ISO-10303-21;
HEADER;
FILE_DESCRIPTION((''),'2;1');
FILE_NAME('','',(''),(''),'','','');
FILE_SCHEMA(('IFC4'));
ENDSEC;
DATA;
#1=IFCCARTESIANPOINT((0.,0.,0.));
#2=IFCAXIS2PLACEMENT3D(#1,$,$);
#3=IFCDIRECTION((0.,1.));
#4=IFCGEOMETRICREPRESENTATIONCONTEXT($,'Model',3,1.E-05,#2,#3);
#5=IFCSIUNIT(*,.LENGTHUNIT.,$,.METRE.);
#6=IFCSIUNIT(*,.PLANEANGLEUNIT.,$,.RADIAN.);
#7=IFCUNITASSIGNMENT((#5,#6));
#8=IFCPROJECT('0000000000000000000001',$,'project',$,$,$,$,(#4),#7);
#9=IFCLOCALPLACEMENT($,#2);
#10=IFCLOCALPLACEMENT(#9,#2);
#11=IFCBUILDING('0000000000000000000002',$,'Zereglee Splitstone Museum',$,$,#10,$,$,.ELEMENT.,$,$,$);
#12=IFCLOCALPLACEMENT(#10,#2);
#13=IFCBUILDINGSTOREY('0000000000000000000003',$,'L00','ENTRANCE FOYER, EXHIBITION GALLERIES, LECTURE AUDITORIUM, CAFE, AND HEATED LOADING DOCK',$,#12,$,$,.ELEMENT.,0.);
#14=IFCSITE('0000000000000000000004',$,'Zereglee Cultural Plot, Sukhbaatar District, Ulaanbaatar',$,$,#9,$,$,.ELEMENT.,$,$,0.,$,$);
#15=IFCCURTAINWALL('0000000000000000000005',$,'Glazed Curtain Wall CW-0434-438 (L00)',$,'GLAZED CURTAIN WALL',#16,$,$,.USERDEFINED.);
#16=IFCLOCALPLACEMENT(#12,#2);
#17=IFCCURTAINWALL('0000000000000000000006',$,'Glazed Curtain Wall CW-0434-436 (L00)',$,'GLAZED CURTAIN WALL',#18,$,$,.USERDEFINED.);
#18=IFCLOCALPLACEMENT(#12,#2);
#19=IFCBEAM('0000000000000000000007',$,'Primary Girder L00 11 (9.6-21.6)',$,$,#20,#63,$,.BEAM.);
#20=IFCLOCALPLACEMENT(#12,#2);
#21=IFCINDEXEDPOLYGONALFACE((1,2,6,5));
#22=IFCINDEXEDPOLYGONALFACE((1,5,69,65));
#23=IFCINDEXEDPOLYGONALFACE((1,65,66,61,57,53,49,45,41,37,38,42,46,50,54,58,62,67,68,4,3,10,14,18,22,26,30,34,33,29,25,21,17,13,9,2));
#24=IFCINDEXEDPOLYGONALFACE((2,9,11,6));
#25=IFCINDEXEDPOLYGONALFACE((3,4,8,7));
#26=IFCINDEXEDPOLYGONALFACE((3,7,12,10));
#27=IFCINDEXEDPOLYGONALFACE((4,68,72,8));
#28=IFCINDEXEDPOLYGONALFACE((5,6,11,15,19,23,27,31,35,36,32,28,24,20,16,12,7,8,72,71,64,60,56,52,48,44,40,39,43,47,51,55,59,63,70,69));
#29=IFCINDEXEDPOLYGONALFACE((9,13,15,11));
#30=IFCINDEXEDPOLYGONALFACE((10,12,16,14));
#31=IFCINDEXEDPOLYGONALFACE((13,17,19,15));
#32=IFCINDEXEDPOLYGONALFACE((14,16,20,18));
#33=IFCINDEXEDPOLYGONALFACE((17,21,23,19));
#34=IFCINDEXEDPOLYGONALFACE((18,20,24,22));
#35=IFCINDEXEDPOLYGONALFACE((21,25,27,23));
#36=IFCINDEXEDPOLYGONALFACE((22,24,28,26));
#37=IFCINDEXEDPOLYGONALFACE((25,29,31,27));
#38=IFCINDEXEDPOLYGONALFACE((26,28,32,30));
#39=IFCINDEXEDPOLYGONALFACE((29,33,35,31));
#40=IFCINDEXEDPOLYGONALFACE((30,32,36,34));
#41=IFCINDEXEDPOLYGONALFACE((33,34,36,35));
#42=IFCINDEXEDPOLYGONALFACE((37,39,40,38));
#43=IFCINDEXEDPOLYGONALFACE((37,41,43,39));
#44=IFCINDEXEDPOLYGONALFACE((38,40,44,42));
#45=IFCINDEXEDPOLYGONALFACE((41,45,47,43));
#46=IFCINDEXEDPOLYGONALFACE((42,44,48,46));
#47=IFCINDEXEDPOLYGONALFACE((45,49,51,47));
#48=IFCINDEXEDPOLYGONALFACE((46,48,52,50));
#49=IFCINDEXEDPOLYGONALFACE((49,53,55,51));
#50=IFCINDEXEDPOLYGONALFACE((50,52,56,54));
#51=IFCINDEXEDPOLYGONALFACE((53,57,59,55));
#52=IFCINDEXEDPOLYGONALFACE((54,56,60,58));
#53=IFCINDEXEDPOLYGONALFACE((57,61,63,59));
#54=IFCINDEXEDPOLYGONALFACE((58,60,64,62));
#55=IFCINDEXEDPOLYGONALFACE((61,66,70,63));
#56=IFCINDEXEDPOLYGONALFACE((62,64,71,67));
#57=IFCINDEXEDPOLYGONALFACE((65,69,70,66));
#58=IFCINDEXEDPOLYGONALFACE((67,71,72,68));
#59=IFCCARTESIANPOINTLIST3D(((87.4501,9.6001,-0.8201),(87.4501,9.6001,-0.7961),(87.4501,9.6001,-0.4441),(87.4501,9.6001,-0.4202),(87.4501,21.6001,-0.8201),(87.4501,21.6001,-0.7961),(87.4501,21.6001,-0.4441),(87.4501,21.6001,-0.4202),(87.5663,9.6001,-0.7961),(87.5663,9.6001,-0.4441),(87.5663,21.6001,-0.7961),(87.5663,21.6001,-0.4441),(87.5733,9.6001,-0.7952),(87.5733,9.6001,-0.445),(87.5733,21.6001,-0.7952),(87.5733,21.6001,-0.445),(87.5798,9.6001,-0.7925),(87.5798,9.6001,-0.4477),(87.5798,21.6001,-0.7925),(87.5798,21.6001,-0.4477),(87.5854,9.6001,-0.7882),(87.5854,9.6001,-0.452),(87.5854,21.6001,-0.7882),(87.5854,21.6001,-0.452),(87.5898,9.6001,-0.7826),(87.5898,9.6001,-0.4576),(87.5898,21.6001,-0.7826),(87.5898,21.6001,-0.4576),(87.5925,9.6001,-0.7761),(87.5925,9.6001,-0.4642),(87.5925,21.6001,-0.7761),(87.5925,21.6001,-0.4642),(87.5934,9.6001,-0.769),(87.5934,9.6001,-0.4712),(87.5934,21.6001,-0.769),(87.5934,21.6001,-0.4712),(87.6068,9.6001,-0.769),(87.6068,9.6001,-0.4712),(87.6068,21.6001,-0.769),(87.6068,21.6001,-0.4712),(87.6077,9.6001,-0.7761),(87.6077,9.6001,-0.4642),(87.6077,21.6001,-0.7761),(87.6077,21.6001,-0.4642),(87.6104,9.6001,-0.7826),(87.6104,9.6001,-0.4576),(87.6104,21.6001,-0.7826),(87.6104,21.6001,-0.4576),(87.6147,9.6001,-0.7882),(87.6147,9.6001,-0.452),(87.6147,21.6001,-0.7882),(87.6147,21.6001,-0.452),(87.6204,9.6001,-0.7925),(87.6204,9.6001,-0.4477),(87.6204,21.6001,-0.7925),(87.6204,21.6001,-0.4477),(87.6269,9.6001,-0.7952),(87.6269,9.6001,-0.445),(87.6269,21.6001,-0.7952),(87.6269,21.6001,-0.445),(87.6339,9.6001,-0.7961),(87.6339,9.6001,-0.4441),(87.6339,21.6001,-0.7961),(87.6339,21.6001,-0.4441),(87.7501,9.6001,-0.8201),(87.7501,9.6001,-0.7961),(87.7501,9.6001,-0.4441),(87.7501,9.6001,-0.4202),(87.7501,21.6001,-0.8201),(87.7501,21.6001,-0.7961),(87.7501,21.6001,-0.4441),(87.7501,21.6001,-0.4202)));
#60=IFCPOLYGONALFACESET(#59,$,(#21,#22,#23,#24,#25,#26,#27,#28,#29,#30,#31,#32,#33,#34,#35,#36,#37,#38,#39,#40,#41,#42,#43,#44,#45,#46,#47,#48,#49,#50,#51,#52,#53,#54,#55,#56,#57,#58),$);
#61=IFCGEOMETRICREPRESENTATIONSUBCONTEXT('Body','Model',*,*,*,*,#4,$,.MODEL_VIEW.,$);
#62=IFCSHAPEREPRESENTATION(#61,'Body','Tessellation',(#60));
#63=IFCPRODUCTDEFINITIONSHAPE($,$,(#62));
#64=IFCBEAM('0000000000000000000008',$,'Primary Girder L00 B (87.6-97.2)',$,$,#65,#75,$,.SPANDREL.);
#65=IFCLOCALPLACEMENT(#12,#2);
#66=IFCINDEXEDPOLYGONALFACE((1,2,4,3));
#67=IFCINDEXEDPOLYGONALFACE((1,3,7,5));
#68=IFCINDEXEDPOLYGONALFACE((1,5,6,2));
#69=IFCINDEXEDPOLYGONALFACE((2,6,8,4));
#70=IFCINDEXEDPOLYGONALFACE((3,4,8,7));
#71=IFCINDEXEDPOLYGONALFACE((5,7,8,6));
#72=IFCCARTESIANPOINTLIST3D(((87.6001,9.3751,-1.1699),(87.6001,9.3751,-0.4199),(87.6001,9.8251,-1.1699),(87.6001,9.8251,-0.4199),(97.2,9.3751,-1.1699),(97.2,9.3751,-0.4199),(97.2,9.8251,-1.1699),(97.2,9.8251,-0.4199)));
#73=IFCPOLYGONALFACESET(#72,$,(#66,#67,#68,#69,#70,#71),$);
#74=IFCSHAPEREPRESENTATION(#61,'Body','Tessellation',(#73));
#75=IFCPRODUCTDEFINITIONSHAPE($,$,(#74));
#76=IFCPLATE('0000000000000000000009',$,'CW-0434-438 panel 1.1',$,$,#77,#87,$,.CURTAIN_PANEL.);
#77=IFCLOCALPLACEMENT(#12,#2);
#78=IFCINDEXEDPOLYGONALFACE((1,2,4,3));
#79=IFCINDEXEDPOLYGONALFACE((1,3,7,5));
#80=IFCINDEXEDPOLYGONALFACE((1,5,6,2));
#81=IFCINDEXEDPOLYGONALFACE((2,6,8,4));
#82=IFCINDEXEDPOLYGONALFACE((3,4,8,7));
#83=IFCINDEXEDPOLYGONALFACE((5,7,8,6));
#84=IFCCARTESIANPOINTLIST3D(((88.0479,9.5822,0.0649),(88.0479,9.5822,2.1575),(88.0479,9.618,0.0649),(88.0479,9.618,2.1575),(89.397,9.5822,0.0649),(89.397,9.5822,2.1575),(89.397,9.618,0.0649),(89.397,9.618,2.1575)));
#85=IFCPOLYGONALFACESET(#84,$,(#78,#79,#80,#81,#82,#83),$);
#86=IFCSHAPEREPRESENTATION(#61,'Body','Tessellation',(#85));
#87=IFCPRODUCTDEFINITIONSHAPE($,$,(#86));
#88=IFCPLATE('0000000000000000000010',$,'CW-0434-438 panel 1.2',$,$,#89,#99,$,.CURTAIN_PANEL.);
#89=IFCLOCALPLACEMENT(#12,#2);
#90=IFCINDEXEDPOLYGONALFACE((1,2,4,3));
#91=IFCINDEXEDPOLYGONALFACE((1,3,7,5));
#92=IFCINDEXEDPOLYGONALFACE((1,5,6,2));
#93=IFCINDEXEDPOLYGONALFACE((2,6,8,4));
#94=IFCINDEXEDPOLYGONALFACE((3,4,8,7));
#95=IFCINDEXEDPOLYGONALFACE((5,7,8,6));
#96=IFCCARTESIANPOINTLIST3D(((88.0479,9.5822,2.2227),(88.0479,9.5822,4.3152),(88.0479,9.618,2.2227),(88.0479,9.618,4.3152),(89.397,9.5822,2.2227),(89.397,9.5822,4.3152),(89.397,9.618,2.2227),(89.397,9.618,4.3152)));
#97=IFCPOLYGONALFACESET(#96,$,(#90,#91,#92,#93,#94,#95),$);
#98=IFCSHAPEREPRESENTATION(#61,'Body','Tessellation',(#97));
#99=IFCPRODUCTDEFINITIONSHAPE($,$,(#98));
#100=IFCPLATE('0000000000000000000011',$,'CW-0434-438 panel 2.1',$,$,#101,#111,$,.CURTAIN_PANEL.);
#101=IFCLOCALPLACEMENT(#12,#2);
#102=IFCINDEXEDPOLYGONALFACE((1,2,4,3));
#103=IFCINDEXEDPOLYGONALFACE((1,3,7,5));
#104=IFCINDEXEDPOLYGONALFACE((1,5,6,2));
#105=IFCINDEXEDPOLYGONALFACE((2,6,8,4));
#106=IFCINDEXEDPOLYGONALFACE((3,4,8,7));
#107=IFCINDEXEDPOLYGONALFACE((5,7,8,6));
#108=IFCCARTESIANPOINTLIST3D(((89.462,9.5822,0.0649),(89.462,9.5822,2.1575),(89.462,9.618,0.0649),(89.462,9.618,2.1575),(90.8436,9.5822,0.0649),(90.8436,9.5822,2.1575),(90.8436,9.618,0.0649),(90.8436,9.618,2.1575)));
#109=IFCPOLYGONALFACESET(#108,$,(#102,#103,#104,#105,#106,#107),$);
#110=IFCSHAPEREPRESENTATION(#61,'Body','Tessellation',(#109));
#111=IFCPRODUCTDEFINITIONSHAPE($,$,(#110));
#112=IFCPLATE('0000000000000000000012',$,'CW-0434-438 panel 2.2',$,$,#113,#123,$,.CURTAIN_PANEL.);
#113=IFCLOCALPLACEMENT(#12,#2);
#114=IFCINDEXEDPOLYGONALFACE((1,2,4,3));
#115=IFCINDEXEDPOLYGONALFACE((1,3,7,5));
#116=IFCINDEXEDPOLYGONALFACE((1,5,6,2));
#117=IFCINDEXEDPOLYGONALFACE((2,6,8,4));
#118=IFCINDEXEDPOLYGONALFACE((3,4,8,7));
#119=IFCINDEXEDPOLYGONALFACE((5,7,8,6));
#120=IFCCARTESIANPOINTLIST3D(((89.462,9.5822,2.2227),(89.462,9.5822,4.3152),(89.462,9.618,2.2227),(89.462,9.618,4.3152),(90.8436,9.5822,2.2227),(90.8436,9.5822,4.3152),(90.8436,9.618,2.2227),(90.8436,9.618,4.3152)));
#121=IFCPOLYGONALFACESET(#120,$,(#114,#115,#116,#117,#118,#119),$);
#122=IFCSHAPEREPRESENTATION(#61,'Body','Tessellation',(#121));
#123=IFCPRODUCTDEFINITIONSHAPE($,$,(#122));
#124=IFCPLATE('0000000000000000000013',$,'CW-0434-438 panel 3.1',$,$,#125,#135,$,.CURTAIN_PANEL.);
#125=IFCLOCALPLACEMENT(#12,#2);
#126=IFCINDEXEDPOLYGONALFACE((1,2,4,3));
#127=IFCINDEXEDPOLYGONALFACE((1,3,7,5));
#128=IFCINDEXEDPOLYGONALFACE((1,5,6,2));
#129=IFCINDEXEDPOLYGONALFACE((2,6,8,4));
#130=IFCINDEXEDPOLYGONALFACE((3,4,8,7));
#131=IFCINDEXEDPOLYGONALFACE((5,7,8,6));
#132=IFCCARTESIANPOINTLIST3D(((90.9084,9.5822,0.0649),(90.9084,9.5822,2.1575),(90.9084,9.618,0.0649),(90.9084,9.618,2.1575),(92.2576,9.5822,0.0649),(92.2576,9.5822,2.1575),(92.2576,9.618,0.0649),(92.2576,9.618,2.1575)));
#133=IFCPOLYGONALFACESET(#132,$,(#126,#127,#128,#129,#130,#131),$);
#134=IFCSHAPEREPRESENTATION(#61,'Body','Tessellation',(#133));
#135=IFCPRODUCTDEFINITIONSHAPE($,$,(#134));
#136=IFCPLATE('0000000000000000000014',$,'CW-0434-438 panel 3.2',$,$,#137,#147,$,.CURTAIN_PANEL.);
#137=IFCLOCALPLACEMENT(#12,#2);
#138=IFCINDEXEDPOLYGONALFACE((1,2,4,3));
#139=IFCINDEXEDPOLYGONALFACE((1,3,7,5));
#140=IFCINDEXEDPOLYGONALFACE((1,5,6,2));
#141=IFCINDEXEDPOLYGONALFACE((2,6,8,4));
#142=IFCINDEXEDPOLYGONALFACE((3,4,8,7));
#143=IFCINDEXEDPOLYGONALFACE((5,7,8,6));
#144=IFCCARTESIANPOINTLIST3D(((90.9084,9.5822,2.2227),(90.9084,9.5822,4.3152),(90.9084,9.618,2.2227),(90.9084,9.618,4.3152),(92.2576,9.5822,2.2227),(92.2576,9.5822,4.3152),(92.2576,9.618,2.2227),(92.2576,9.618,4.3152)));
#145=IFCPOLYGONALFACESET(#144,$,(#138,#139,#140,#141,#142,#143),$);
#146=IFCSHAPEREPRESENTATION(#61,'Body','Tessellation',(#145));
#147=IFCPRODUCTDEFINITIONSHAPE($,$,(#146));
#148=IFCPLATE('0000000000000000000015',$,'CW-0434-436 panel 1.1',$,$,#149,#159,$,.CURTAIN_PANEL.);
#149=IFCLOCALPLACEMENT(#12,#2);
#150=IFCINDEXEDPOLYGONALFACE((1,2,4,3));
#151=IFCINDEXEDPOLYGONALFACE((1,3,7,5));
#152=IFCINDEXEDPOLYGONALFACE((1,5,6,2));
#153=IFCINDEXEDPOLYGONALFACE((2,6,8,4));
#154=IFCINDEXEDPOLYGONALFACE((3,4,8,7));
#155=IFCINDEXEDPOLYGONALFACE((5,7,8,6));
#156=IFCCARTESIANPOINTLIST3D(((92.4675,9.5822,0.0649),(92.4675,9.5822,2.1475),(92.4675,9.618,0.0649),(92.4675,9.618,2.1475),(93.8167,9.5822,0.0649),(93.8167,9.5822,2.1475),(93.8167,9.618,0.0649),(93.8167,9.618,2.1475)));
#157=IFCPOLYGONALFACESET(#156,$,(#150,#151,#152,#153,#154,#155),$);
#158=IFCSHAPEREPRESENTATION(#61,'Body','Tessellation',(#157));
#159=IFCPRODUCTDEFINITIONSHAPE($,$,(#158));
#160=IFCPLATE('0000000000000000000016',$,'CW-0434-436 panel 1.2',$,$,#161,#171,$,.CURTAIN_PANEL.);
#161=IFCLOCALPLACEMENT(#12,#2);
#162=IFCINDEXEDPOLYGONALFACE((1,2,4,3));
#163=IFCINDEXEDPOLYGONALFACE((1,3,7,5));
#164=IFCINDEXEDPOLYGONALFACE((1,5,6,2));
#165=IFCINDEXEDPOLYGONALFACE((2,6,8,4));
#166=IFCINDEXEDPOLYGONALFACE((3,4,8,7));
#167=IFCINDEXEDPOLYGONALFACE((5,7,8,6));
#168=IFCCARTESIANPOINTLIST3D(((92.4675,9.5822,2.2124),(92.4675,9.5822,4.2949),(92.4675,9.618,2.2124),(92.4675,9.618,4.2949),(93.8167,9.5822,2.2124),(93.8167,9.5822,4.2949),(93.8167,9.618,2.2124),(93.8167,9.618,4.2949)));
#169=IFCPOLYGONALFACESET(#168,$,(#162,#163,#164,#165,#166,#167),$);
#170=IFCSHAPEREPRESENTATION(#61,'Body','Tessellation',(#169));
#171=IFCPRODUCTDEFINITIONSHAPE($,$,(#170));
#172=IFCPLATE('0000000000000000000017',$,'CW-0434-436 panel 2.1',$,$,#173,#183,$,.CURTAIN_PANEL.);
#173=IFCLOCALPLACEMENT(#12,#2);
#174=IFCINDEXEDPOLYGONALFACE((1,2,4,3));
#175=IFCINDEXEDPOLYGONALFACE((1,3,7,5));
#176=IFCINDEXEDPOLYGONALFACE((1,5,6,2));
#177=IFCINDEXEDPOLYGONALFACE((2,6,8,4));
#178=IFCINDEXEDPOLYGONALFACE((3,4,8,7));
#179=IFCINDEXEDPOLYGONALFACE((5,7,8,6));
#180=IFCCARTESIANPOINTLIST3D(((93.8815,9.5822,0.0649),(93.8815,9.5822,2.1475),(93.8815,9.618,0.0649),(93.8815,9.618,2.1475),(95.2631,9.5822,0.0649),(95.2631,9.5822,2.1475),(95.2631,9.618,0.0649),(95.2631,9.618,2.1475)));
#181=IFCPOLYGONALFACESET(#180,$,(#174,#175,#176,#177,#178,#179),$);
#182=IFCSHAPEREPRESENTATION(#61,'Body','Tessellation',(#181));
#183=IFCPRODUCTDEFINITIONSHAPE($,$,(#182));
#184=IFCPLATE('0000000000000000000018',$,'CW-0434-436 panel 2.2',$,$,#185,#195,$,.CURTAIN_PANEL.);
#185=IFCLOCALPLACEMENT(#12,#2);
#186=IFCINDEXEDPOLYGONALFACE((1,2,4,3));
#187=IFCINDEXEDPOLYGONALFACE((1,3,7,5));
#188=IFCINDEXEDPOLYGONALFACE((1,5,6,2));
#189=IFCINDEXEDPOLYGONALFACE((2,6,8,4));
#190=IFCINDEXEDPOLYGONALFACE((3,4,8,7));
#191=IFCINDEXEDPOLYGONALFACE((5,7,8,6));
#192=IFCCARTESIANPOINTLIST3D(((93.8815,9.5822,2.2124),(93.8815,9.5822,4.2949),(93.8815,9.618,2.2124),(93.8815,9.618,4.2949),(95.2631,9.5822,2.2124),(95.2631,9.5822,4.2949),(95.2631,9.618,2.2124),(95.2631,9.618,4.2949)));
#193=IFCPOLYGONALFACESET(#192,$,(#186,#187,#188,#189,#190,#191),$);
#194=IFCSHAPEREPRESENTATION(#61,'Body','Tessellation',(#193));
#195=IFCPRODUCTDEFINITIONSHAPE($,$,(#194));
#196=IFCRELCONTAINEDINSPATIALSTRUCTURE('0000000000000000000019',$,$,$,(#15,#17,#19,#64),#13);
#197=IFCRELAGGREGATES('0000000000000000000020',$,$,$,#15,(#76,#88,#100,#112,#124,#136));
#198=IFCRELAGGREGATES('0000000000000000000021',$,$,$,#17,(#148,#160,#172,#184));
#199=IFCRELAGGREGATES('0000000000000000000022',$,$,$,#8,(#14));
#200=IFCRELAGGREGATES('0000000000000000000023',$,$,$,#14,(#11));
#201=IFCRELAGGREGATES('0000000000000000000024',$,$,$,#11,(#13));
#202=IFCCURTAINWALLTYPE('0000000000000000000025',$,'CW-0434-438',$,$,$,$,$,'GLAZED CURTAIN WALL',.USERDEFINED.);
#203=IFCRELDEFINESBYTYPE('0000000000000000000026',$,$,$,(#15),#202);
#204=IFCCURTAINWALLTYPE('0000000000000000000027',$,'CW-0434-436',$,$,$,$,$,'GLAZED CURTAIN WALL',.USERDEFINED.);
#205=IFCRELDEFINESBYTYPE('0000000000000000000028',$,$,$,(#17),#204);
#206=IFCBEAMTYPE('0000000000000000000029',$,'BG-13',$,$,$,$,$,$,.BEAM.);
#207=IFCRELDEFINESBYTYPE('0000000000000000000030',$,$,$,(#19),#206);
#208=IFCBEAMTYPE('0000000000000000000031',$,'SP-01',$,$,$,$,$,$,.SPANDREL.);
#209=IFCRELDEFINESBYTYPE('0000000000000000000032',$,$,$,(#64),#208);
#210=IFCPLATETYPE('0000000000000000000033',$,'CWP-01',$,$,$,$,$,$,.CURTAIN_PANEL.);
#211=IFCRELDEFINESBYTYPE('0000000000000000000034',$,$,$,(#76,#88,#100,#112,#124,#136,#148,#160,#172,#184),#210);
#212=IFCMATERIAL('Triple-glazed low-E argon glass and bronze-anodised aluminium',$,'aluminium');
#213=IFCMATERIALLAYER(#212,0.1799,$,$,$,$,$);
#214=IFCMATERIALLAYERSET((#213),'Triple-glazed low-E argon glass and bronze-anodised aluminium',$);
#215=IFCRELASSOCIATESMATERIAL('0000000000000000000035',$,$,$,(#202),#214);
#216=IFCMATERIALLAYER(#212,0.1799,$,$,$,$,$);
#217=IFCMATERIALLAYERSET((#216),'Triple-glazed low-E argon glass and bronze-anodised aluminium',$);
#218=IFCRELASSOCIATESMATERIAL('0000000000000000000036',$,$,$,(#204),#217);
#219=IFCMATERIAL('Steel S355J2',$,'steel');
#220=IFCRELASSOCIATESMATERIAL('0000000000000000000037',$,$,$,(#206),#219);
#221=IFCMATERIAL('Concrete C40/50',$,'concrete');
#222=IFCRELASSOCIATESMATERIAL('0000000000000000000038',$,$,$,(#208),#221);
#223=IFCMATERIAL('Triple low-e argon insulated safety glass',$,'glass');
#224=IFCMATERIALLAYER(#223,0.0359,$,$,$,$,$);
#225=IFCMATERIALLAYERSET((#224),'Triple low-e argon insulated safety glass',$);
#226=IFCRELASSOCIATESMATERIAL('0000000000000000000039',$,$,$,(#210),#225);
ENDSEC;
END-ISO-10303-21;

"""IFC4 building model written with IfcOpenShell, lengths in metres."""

from ifc_helpers import new_model, si_unit, direction, frame, origin, origin_2d, place, context, subcontext, project, spatial, rectangle, i_section, extrude, material, layer, layer_set, material_profile, profile_set, type_object, element, aggregate, save


model = new_model("IFC4")

# Units and contexts
model_context = context("Model", 3, precision=1e-05, world=origin(), true_north=direction((0.0, 1.0)))
body_context = subcontext(model_context, "Body", "Model", "MODEL_VIEW")
ifc_project = project(units=[si_unit("LENGTHUNIT", "METRE"), si_unit("PLANEANGLEUNIT", "RADIAN")], contexts=[model_context])

# Site, building, storey
site_placement = place(None, origin())
site = spatial("IfcSite", under=ifc_project, at=site_placement, Name="Zereglee Cultural Plot, Sukhbaatar District, Ulaanbaatar", CompositionType="ELEMENT", RefElevation=0.0)
building_placement = place(site_placement, origin())
building = spatial("IfcBuilding", under=site, at=building_placement, Name="Zereglee Splitstone Museum", CompositionType="ELEMENT")
storey_placement = place(building_placement, origin())
storey = spatial("IfcBuildingStorey", under=building, at=storey_placement, Name="L00", Description="ENTRANCE FOYER, EXHIBITION GALLERIES, LECTURE AUDITORIUM, CAFE, AND HEATED LOADING DOCK", CompositionType="ELEMENT", Elevation=0.0)

# Curtain walls
ifc_material_1 = material(Name="Triple-glazed low-E argon glass and bronze-anodised aluminium", Category="aluminium")
ifc_layer_1 = layer(ifc_material_1, 0.1799)
ifc_layer_set_1 = layer_set([ifc_layer_1], Name="Triple-glazed low-E argon glass and bronze-anodised aluminium")
curtain_wall_type_1 = type_object("IfcCurtainWallType", Name="CW-0434-438", ElementType="GLAZED CURTAIN WALL", PredefinedType="USERDEFINED", material=ifc_layer_set_1)
curtain_wall_1_placement = place(storey_placement, origin())
curtain_wall_1 = element("IfcCurtainWall", 1, at=curtain_wall_1_placement, inside=storey, type_object=curtain_wall_type_1, Name="Glazed Curtain Wall CW-0434-438 (L00)", ObjectType="GLAZED CURTAIN WALL", PredefinedType="USERDEFINED")
ifc_layer_2 = layer(ifc_material_1, 0.1799)
ifc_layer_set_2 = layer_set([ifc_layer_2], Name="Triple-glazed low-E argon glass and bronze-anodised aluminium")
curtain_wall_type_2 = type_object("IfcCurtainWallType", Name="CW-0434-436", ElementType="GLAZED CURTAIN WALL", PredefinedType="USERDEFINED", material=ifc_layer_set_2)
curtain_wall_2_placement = place(storey_placement, origin())
curtain_wall_2 = element("IfcCurtainWall", 2, at=curtain_wall_2_placement, inside=storey, type_object=curtain_wall_type_2, Name="Glazed Curtain Wall CW-0434-436 (L00)", ObjectType="GLAZED CURTAIN WALL", PredefinedType="USERDEFINED")

# Beams
ifc_material_2 = material(Name="Steel S355J2", Category="steel")
ifc_material_profile_1 = material_profile(ifc_material_2, i_section(OverallWidth=0.3, OverallDepth=0.3999, WebThickness=0.0134, FlangeThickness=0.0239, FilletRadius=0.0271, at=origin_2d()), Name="HE 400 B")
ifc_profile_set_1 = profile_set([ifc_material_profile_1], Name="Steel S355J2")
beam_type_1 = type_object("IfcBeamType", Name="BG-13", PredefinedType="BEAM", material=ifc_profile_set_1)
beam_1_placement = place(storey_placement, frame((87.6001, 9.6001, -0.6201), z_axis=(0.0, 1.0, 0.0), x_axis=(-1.0, 0.0, 0.0)))
element("IfcBeam", 3, at=beam_1_placement, inside=storey, type_object=beam_type_1, Name="Primary Girder L00 11 (9.6-21.6)", PredefinedType="BEAM", context=body_context, shape_type="SweptSolid", body=[
    extrude(i_section(OverallWidth=0.3, OverallDepth=0.3999, WebThickness=0.0134, FlangeThickness=0.0239, FilletRadius=0.0271, at=origin_2d()), origin(), (0.0, 0.0, 1.0), 12.0),
])
ifc_material_3 = material(Name="Concrete C40/50", Category="concrete")
ifc_material_profile_2 = material_profile(ifc_material_3, rectangle(XDim=0.45, YDim=0.75, at=origin_2d()), Name="RC 450x750")
ifc_profile_set_2 = profile_set([ifc_material_profile_2], Name="Concrete C40/50")
beam_type_2 = type_object("IfcBeamType", Name="SP-01", PredefinedType="SPANDREL", material=ifc_profile_set_2)
beam_2_placement = place(storey_placement, frame((87.6001, 9.6001, -0.7949), z_axis=(1.0, 0.0, 0.0), x_axis=(0.0, 1.0, 0.0)))
element("IfcBeam", 4, at=beam_2_placement, inside=storey, type_object=beam_type_2, Name="Primary Girder L00 B (87.6-97.2)", PredefinedType="SPANDREL", context=body_context, shape_type="SweptSolid", body=[
    extrude(rectangle(XDim=0.45, YDim=0.75, at=origin_2d()), origin(), (0.0, 0.0, 1.0), 9.5999),
])

# Plates
ifc_material_4 = material(Name="Triple low-e argon insulated safety glass", Category="glass")
ifc_layer_3 = layer(ifc_material_4, 0.0359)
ifc_layer_set_3 = layer_set([ifc_layer_3], Name="Triple low-e argon insulated safety glass")
plate_type = type_object("IfcPlateType", Name="CWP-01", PredefinedType="CURTAIN_PANEL", material=ifc_layer_set_3)
plate_1_placement = place(storey_placement, frame((88.7224, 9.6001, 0.0649), z_axis=(0.0, 0.0, 1.0), x_axis=(1.0, 0.0, 0.0)))
plate_1 = element("IfcPlate", 5, at=plate_1_placement, type_object=plate_type, Name="CW-0434-438 panel 1.1", PredefinedType="CURTAIN_PANEL", context=body_context, shape_type="SweptSolid", body=[
    extrude(rectangle(XDim=1.3491, YDim=0.0359, at=origin_2d()), origin(), (0.0, 0.0, 1.0), 2.0925),
])
plate_2_placement = place(storey_placement, frame((88.7224, 9.6001, 2.2227), z_axis=(0.0, 0.0, 1.0), x_axis=(1.0, 0.0, 0.0)))
plate_2 = element("IfcPlate", 6, at=plate_2_placement, type_object=plate_type, Name="CW-0434-438 panel 1.2", PredefinedType="CURTAIN_PANEL", context=body_context, shape_type="SweptSolid", body=[
    extrude(rectangle(XDim=1.3491, YDim=0.0359, at=origin_2d()), origin(), (0.0, 0.0, 1.0), 2.0925),
])
plate_3_placement = place(storey_placement, frame((90.1528, 9.6001, 0.0649), z_axis=(0.0, 0.0, 1.0), x_axis=(1.0, 0.0, 0.0)))
plate_3 = element("IfcPlate", 7, at=plate_3_placement, type_object=plate_type, Name="CW-0434-438 panel 2.1", PredefinedType="CURTAIN_PANEL", context=body_context, shape_type="SweptSolid", body=[
    extrude(rectangle(XDim=1.3816, YDim=0.0359, at=origin_2d()), origin(), (0.0, 0.0, 1.0), 2.0925),
])
plate_4_placement = place(storey_placement, frame((90.1528, 9.6001, 2.2227), z_axis=(0.0, 0.0, 1.0), x_axis=(1.0, 0.0, 0.0)))
plate_4 = element("IfcPlate", 8, at=plate_4_placement, type_object=plate_type, Name="CW-0434-438 panel 2.2", PredefinedType="CURTAIN_PANEL", context=body_context, shape_type="SweptSolid", body=[
    extrude(rectangle(XDim=1.3816, YDim=0.0359, at=origin_2d()), origin(), (0.0, 0.0, 1.0), 2.0925),
])
plate_5_placement = place(storey_placement, frame((91.583, 9.6001, 0.0649), z_axis=(0.0, 0.0, 1.0), x_axis=(1.0, 0.0, 0.0)))
plate_5 = element("IfcPlate", 9, at=plate_5_placement, type_object=plate_type, Name="CW-0434-438 panel 3.1", PredefinedType="CURTAIN_PANEL", context=body_context, shape_type="SweptSolid", body=[
    extrude(rectangle(XDim=1.3491, YDim=0.0359, at=origin_2d()), origin(), (0.0, 0.0, 1.0), 2.0925),
])
plate_6_placement = place(storey_placement, frame((91.583, 9.6001, 2.2227), z_axis=(0.0, 0.0, 1.0), x_axis=(1.0, 0.0, 0.0)))
plate_6 = element("IfcPlate", 10, at=plate_6_placement, type_object=plate_type, Name="CW-0434-438 panel 3.2", PredefinedType="CURTAIN_PANEL", context=body_context, shape_type="SweptSolid", body=[
    extrude(rectangle(XDim=1.3491, YDim=0.0359, at=origin_2d()), origin(), (0.0, 0.0, 1.0), 2.0925),
])
aggregate(curtain_wall_1, [plate_1, plate_2, plate_3, plate_4, plate_5, plate_6])
plate_7_placement = place(storey_placement, frame((93.1421, 9.6001, 0.0649), z_axis=(0.0, 0.0, 1.0), x_axis=(1.0, 0.0, 0.0)))
plate_7 = element("IfcPlate", 11, at=plate_7_placement, type_object=plate_type, Name="CW-0434-436 panel 1.1", PredefinedType="CURTAIN_PANEL", context=body_context, shape_type="SweptSolid", body=[
    extrude(rectangle(XDim=1.3491, YDim=0.0359, at=origin_2d()), origin(), (0.0, 0.0, 1.0), 2.0825),
])
plate_8_placement = place(storey_placement, frame((93.1421, 9.6001, 2.2124), z_axis=(0.0, 0.0, 1.0), x_axis=(1.0, 0.0, 0.0)))
plate_8 = element("IfcPlate", 12, at=plate_8_placement, type_object=plate_type, Name="CW-0434-436 panel 1.2", PredefinedType="CURTAIN_PANEL", context=body_context, shape_type="SweptSolid", body=[
    extrude(rectangle(XDim=1.3491, YDim=0.0359, at=origin_2d()), origin(), (0.0, 0.0, 1.0), 2.0825),
])
plate_9_placement = place(storey_placement, frame((94.5723, 9.6001, 0.0649), z_axis=(0.0, 0.0, 1.0), x_axis=(1.0, 0.0, 0.0)))
plate_9 = element("IfcPlate", 13, at=plate_9_placement, type_object=plate_type, Name="CW-0434-436 panel 2.1", PredefinedType="CURTAIN_PANEL", context=body_context, shape_type="SweptSolid", body=[
    extrude(rectangle(XDim=1.3816, YDim=0.0359, at=origin_2d()), origin(), (0.0, 0.0, 1.0), 2.0825),
])
plate_10_placement = place(storey_placement, frame((94.5723, 9.6001, 2.2124), z_axis=(0.0, 0.0, 1.0), x_axis=(1.0, 0.0, 0.0)))
plate_10 = element("IfcPlate", 14, at=plate_10_placement, type_object=plate_type, Name="CW-0434-436 panel 2.2", PredefinedType="CURTAIN_PANEL", context=body_context, shape_type="SweptSolid", body=[
    extrude(rectangle(XDim=1.3816, YDim=0.0359, at=origin_2d()), origin(), (0.0, 0.0, 1.0), 2.0825),
])
aggregate(curtain_wall_2, [plate_7, plate_8, plate_9, plate_10])

save(model, "model.ifc")
